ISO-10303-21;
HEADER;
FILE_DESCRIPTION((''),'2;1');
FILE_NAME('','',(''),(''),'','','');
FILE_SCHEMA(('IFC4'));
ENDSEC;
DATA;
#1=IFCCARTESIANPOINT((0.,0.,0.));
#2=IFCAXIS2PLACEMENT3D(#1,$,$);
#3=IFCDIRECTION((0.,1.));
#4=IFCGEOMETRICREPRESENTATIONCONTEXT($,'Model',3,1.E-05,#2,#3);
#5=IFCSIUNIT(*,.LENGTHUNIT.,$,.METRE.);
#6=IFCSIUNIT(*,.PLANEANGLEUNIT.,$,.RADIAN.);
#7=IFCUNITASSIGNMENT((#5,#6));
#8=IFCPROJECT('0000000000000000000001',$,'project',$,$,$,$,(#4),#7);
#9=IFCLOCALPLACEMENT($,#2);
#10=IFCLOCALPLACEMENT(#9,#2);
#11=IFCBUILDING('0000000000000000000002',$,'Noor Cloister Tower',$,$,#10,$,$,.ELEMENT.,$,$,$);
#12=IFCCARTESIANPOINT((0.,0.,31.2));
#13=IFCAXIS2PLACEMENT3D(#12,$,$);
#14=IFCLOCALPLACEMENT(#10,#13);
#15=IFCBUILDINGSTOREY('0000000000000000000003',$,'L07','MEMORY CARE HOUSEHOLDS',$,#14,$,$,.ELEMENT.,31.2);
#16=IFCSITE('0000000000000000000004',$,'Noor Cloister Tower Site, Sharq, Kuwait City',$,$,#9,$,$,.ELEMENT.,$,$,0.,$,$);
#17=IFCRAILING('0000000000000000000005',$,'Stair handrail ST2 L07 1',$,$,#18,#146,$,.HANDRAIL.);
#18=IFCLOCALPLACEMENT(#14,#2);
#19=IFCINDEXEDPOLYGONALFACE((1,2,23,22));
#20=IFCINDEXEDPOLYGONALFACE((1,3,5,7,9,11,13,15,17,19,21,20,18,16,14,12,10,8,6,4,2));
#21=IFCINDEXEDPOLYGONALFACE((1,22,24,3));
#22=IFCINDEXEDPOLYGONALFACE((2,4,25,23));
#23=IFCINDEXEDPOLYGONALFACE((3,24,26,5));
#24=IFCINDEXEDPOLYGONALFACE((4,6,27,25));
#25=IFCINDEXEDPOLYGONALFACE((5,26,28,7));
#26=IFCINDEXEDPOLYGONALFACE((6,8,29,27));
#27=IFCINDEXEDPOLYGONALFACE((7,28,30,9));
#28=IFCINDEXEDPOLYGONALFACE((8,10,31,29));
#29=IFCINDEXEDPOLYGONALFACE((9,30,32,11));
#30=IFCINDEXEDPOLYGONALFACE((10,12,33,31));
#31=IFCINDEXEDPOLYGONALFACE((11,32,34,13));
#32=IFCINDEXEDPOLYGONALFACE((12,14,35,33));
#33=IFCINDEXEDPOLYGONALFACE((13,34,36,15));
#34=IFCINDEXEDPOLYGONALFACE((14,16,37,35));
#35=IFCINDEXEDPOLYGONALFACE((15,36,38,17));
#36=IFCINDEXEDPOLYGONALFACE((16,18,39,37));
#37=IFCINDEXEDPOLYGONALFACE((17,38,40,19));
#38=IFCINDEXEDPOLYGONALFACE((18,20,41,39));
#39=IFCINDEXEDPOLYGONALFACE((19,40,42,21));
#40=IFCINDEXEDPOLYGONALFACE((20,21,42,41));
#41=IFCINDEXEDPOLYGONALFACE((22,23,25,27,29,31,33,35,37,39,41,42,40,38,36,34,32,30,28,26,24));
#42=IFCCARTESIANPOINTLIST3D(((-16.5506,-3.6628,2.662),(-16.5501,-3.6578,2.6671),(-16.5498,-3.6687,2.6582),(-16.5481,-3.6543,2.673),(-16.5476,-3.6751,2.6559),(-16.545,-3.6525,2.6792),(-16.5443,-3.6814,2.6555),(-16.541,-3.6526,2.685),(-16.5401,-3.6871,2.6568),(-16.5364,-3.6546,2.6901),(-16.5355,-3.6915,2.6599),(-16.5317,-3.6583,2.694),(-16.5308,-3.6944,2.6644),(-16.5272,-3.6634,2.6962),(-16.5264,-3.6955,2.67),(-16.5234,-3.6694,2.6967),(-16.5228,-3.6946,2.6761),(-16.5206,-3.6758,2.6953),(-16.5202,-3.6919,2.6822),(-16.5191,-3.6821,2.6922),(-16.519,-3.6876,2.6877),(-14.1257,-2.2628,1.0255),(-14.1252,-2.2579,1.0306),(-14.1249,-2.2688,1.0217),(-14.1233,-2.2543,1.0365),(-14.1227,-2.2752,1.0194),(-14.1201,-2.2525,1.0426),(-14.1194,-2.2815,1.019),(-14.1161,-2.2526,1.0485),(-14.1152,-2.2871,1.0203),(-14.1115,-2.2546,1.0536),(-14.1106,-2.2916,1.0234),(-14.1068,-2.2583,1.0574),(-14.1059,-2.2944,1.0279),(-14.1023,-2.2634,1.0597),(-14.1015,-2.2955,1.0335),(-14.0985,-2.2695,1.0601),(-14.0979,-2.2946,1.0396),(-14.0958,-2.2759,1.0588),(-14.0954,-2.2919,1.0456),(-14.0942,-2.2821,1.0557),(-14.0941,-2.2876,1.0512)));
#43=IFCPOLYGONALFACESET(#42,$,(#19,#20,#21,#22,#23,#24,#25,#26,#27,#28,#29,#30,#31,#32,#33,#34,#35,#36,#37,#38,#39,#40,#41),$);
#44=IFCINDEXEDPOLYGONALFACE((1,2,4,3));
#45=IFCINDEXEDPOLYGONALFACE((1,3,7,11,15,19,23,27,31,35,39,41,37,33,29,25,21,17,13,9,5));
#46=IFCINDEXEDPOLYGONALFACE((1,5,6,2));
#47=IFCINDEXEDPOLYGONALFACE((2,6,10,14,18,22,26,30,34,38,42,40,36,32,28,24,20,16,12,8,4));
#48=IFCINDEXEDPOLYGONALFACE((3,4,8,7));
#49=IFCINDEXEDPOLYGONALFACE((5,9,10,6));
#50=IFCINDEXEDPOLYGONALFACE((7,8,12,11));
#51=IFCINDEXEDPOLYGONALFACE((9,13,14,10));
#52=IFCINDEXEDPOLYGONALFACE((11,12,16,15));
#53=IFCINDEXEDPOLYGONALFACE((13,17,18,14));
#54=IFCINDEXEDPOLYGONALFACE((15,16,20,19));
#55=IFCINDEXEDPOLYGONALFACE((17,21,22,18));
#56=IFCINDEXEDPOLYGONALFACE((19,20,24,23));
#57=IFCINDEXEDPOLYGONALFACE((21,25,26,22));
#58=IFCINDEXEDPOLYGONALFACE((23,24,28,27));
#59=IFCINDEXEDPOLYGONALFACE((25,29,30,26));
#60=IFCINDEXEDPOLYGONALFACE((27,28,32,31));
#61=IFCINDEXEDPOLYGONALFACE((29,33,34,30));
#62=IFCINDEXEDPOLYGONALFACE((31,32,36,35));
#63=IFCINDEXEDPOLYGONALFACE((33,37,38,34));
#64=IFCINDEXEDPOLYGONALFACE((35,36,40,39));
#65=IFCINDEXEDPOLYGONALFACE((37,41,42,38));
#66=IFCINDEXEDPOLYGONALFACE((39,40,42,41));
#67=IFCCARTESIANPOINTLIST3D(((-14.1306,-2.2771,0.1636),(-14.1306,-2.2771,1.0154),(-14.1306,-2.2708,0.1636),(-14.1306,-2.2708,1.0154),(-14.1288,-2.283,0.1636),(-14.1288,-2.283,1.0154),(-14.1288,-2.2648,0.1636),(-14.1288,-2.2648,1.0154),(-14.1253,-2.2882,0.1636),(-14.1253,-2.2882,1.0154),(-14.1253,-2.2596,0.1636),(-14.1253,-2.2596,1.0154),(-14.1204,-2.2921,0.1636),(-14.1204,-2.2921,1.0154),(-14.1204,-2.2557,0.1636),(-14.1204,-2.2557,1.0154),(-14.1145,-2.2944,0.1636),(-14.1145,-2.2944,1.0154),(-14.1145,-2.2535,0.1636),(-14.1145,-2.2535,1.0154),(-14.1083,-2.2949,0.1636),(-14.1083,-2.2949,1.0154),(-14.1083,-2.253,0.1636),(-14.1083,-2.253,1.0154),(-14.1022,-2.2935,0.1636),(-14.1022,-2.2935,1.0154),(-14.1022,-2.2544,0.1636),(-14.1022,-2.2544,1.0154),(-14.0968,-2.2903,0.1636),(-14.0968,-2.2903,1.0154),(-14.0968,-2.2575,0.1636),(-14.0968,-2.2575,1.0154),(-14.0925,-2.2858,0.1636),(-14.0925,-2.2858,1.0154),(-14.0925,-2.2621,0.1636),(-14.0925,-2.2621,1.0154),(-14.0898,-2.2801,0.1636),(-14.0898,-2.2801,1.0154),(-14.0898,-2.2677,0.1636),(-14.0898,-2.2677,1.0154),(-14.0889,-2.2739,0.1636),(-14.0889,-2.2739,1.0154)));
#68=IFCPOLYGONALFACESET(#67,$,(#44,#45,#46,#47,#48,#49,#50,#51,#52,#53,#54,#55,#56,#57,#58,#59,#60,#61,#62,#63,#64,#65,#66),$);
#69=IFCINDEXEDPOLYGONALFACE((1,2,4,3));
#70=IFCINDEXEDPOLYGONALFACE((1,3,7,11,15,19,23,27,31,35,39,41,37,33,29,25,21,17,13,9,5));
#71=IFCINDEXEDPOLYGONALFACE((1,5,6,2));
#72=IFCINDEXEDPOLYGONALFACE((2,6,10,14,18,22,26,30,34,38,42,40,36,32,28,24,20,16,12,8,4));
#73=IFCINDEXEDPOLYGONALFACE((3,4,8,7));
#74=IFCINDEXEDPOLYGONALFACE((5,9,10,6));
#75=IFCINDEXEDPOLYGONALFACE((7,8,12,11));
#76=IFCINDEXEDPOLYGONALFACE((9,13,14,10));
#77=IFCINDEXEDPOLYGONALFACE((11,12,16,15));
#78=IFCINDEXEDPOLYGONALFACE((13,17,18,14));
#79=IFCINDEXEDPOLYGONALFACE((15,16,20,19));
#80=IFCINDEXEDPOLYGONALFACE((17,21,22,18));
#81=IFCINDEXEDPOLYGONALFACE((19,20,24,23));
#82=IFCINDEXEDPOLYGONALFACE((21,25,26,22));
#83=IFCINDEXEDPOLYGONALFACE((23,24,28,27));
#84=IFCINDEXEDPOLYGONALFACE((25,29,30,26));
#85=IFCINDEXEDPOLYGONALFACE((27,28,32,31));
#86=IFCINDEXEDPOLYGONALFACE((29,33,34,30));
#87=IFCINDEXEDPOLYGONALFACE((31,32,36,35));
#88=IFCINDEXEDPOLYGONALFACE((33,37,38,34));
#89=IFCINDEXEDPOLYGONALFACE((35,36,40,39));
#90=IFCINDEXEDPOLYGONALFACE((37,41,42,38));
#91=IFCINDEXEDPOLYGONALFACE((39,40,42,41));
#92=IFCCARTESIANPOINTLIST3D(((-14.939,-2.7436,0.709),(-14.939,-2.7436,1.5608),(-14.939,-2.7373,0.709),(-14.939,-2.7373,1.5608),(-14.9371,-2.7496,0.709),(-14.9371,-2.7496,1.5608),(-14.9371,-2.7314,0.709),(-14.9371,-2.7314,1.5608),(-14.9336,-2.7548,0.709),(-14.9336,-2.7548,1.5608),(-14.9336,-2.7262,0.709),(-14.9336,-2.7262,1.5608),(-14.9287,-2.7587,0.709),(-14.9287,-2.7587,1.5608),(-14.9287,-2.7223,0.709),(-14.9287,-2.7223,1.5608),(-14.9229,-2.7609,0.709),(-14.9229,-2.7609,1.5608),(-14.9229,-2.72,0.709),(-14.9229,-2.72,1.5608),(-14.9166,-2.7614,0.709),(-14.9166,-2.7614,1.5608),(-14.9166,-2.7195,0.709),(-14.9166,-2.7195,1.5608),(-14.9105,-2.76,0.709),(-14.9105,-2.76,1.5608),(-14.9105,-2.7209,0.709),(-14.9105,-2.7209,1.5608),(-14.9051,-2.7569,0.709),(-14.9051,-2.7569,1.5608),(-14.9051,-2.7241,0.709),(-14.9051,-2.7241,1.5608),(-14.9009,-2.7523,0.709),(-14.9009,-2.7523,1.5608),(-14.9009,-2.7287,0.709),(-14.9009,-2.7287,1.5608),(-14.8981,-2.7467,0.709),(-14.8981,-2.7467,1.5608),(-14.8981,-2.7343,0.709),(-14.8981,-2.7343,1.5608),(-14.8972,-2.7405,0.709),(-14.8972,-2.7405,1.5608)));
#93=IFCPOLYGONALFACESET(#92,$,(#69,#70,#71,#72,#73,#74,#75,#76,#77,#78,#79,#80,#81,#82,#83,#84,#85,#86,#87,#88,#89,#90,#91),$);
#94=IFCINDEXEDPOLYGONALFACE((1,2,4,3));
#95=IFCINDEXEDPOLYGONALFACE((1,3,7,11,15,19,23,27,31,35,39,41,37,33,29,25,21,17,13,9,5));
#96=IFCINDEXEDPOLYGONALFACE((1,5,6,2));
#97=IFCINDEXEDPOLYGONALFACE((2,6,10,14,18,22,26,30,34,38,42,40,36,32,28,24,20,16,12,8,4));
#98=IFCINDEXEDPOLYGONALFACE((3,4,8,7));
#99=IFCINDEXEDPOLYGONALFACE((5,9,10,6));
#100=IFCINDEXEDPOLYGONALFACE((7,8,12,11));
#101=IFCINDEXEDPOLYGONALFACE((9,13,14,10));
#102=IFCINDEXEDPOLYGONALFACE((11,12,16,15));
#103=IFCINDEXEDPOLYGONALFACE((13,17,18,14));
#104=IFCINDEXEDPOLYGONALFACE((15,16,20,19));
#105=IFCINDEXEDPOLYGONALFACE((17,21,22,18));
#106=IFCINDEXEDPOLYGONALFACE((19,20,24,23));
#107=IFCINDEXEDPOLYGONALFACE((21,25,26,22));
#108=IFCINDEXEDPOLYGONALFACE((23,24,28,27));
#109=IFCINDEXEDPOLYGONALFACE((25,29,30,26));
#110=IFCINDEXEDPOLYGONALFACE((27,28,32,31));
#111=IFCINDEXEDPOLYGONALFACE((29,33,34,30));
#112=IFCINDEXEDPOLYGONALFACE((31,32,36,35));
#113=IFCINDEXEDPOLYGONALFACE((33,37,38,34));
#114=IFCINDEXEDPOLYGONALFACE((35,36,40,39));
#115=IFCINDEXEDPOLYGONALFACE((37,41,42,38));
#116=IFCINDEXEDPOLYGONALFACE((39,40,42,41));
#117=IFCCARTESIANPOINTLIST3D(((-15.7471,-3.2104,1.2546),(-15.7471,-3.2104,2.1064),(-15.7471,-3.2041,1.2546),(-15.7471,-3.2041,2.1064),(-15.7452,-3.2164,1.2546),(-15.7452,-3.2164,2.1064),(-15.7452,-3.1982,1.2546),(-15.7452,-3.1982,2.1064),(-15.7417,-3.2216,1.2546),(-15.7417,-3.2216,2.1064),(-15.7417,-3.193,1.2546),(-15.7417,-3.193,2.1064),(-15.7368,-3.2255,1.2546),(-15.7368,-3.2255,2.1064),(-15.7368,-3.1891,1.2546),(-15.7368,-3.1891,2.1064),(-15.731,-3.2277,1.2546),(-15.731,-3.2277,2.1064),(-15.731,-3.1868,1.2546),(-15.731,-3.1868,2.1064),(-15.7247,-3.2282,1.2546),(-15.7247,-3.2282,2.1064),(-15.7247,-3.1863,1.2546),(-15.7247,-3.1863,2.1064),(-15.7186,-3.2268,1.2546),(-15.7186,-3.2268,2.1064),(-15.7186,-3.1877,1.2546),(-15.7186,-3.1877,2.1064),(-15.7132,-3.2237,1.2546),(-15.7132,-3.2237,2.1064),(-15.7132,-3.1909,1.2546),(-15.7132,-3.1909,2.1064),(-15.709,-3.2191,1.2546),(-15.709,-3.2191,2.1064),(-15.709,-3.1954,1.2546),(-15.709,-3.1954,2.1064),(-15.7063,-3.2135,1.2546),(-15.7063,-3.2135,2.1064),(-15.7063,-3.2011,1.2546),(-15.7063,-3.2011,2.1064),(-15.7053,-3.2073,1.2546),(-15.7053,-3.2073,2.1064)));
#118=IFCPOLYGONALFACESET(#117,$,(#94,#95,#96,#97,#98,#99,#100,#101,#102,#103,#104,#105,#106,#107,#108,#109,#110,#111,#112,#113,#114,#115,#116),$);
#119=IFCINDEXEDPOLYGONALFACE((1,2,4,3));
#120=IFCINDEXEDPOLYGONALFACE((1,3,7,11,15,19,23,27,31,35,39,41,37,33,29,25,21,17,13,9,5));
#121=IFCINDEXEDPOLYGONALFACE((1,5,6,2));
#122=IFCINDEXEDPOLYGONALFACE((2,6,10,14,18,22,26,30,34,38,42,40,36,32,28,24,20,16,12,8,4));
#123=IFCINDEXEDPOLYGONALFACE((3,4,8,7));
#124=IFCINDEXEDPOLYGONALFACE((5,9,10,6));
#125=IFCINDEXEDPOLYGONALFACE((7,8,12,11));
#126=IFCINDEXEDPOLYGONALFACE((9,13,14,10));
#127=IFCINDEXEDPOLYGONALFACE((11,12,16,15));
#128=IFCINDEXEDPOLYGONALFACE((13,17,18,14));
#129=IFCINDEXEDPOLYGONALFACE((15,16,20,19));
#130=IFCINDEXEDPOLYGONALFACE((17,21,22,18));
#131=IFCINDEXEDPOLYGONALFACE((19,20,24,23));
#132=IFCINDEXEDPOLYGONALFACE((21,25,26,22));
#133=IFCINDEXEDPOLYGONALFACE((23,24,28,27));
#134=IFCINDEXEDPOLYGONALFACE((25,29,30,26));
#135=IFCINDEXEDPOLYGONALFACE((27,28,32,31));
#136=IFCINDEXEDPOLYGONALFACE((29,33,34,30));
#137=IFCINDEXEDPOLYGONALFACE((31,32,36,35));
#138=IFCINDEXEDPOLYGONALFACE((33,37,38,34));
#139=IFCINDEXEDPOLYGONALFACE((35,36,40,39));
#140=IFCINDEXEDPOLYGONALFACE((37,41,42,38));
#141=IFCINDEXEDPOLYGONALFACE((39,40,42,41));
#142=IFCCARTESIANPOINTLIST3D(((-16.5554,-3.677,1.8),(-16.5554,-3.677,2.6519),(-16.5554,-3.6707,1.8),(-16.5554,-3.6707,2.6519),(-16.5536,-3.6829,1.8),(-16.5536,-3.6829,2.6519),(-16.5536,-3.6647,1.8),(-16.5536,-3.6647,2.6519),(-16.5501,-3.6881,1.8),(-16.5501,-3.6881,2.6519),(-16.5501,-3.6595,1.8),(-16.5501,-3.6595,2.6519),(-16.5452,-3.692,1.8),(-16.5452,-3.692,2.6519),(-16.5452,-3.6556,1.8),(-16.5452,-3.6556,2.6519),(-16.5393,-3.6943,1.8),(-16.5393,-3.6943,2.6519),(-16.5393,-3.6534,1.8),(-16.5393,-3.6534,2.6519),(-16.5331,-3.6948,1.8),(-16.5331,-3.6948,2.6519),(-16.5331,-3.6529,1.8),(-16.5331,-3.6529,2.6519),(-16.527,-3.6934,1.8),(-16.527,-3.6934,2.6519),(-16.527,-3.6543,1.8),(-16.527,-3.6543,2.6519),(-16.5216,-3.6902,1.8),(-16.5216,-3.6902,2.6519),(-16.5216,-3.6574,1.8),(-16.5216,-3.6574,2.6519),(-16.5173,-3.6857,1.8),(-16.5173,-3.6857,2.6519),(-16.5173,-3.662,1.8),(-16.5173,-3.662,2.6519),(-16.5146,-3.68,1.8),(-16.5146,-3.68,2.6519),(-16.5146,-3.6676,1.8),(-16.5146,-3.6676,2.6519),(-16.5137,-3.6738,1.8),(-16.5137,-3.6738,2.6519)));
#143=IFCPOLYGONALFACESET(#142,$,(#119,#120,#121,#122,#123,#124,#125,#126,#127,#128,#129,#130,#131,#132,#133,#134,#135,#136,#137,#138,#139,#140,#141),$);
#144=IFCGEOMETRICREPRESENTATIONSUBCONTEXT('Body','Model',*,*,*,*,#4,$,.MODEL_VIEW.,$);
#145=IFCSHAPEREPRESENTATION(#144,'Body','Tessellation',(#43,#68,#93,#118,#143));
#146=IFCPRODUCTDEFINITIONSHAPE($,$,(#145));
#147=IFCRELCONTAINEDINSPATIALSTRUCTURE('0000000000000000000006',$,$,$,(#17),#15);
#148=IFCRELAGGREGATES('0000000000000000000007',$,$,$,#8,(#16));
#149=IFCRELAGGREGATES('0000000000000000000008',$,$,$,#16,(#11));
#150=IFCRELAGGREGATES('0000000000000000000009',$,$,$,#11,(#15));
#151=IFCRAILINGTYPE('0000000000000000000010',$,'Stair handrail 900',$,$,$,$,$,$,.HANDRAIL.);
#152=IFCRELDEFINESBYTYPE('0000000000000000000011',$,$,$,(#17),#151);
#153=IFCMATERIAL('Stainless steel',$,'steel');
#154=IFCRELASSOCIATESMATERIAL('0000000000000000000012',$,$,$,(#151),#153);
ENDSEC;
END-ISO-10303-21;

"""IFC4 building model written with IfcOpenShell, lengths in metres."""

from ifc_helpers import new_model, si_unit, direction, frame, origin, origin_2d, place, context, subcontext, project, spatial, circle, extrude, material, type_object, element, save


model = new_model("IFC4")

# Units and contexts
model_context = context("Model", 3, precision=1e-05, world=origin(), true_north=direction((0.0, 1.0)))
body_context = subcontext(model_context, "Body", "Model", "MODEL_VIEW")
ifc_project = project(units=[si_unit("LENGTHUNIT", "METRE"), si_unit("PLANEANGLEUNIT", "RADIAN")], contexts=[model_context])

# Site, building, storey
site_placement = place(None, origin())
site = spatial("IfcSite", under=ifc_project, at=site_placement, Name="Noor Cloister Tower Site, Sharq, Kuwait City", CompositionType="ELEMENT", RefElevation=0.0)
building_placement = place(site_placement, origin())
building = spatial("IfcBuilding", under=site, at=building_placement, Name="Noor Cloister Tower", CompositionType="ELEMENT")
storey_placement = place(building_placement, frame((0.0, 0.0, 31.2)))
storey = spatial("IfcBuildingStorey", under=building, at=storey_placement, Name="L07", Description="MEMORY CARE HOUSEHOLDS", CompositionType="ELEMENT", Elevation=31.2)

# Railing
ifc_material_1 = material(Name="Stainless steel", Category="steel")
railing_type = type_object("IfcRailingType", Name="Stair handrail 900", PredefinedType="HANDRAIL", material=ifc_material_1)
railing_1_placement = place(storey_placement, frame((-14.1099, -2.2739, 0.1636)))
element("IfcRailing", 1, at=railing_1_placement, inside=storey, type_object=railing_type, Name="Stair handrail ST2 L07 1", PredefinedType="HANDRAIL", context=body_context, shape_type="SweptSolid", body=[
    extrude(circle(Radius=0.0239, at=origin_2d()), frame((0.0, 0.0, 0.876), z_axis=(-0.74769, -0.431661, 0.504608), x_axis=(0.499984, -0.866035, 0.0)), (0.0, 0.0, 1.0), 3.2432),
    extrude(circle(Radius=0.021, at=origin_2d()), origin(), (0.0, 0.0, 1.0), 0.8518),
    extrude(circle(Radius=0.021, at=origin_2d()), frame((-0.8083, -0.4666, 0.5454)), (0.0, 0.0, 1.0), 0.8518),
    extrude(circle(Radius=0.021, at=origin_2d()), frame((-1.6165, -0.9333, 1.0911)), (0.0, 0.0, 1.0), 0.8518),
    extrude(circle(Radius=0.021, at=origin_2d()), frame((-2.4248, -1.3999, 1.6365)), (0.0, 0.0, 1.0), 0.8518),
])

save(model, "model.ifc")
